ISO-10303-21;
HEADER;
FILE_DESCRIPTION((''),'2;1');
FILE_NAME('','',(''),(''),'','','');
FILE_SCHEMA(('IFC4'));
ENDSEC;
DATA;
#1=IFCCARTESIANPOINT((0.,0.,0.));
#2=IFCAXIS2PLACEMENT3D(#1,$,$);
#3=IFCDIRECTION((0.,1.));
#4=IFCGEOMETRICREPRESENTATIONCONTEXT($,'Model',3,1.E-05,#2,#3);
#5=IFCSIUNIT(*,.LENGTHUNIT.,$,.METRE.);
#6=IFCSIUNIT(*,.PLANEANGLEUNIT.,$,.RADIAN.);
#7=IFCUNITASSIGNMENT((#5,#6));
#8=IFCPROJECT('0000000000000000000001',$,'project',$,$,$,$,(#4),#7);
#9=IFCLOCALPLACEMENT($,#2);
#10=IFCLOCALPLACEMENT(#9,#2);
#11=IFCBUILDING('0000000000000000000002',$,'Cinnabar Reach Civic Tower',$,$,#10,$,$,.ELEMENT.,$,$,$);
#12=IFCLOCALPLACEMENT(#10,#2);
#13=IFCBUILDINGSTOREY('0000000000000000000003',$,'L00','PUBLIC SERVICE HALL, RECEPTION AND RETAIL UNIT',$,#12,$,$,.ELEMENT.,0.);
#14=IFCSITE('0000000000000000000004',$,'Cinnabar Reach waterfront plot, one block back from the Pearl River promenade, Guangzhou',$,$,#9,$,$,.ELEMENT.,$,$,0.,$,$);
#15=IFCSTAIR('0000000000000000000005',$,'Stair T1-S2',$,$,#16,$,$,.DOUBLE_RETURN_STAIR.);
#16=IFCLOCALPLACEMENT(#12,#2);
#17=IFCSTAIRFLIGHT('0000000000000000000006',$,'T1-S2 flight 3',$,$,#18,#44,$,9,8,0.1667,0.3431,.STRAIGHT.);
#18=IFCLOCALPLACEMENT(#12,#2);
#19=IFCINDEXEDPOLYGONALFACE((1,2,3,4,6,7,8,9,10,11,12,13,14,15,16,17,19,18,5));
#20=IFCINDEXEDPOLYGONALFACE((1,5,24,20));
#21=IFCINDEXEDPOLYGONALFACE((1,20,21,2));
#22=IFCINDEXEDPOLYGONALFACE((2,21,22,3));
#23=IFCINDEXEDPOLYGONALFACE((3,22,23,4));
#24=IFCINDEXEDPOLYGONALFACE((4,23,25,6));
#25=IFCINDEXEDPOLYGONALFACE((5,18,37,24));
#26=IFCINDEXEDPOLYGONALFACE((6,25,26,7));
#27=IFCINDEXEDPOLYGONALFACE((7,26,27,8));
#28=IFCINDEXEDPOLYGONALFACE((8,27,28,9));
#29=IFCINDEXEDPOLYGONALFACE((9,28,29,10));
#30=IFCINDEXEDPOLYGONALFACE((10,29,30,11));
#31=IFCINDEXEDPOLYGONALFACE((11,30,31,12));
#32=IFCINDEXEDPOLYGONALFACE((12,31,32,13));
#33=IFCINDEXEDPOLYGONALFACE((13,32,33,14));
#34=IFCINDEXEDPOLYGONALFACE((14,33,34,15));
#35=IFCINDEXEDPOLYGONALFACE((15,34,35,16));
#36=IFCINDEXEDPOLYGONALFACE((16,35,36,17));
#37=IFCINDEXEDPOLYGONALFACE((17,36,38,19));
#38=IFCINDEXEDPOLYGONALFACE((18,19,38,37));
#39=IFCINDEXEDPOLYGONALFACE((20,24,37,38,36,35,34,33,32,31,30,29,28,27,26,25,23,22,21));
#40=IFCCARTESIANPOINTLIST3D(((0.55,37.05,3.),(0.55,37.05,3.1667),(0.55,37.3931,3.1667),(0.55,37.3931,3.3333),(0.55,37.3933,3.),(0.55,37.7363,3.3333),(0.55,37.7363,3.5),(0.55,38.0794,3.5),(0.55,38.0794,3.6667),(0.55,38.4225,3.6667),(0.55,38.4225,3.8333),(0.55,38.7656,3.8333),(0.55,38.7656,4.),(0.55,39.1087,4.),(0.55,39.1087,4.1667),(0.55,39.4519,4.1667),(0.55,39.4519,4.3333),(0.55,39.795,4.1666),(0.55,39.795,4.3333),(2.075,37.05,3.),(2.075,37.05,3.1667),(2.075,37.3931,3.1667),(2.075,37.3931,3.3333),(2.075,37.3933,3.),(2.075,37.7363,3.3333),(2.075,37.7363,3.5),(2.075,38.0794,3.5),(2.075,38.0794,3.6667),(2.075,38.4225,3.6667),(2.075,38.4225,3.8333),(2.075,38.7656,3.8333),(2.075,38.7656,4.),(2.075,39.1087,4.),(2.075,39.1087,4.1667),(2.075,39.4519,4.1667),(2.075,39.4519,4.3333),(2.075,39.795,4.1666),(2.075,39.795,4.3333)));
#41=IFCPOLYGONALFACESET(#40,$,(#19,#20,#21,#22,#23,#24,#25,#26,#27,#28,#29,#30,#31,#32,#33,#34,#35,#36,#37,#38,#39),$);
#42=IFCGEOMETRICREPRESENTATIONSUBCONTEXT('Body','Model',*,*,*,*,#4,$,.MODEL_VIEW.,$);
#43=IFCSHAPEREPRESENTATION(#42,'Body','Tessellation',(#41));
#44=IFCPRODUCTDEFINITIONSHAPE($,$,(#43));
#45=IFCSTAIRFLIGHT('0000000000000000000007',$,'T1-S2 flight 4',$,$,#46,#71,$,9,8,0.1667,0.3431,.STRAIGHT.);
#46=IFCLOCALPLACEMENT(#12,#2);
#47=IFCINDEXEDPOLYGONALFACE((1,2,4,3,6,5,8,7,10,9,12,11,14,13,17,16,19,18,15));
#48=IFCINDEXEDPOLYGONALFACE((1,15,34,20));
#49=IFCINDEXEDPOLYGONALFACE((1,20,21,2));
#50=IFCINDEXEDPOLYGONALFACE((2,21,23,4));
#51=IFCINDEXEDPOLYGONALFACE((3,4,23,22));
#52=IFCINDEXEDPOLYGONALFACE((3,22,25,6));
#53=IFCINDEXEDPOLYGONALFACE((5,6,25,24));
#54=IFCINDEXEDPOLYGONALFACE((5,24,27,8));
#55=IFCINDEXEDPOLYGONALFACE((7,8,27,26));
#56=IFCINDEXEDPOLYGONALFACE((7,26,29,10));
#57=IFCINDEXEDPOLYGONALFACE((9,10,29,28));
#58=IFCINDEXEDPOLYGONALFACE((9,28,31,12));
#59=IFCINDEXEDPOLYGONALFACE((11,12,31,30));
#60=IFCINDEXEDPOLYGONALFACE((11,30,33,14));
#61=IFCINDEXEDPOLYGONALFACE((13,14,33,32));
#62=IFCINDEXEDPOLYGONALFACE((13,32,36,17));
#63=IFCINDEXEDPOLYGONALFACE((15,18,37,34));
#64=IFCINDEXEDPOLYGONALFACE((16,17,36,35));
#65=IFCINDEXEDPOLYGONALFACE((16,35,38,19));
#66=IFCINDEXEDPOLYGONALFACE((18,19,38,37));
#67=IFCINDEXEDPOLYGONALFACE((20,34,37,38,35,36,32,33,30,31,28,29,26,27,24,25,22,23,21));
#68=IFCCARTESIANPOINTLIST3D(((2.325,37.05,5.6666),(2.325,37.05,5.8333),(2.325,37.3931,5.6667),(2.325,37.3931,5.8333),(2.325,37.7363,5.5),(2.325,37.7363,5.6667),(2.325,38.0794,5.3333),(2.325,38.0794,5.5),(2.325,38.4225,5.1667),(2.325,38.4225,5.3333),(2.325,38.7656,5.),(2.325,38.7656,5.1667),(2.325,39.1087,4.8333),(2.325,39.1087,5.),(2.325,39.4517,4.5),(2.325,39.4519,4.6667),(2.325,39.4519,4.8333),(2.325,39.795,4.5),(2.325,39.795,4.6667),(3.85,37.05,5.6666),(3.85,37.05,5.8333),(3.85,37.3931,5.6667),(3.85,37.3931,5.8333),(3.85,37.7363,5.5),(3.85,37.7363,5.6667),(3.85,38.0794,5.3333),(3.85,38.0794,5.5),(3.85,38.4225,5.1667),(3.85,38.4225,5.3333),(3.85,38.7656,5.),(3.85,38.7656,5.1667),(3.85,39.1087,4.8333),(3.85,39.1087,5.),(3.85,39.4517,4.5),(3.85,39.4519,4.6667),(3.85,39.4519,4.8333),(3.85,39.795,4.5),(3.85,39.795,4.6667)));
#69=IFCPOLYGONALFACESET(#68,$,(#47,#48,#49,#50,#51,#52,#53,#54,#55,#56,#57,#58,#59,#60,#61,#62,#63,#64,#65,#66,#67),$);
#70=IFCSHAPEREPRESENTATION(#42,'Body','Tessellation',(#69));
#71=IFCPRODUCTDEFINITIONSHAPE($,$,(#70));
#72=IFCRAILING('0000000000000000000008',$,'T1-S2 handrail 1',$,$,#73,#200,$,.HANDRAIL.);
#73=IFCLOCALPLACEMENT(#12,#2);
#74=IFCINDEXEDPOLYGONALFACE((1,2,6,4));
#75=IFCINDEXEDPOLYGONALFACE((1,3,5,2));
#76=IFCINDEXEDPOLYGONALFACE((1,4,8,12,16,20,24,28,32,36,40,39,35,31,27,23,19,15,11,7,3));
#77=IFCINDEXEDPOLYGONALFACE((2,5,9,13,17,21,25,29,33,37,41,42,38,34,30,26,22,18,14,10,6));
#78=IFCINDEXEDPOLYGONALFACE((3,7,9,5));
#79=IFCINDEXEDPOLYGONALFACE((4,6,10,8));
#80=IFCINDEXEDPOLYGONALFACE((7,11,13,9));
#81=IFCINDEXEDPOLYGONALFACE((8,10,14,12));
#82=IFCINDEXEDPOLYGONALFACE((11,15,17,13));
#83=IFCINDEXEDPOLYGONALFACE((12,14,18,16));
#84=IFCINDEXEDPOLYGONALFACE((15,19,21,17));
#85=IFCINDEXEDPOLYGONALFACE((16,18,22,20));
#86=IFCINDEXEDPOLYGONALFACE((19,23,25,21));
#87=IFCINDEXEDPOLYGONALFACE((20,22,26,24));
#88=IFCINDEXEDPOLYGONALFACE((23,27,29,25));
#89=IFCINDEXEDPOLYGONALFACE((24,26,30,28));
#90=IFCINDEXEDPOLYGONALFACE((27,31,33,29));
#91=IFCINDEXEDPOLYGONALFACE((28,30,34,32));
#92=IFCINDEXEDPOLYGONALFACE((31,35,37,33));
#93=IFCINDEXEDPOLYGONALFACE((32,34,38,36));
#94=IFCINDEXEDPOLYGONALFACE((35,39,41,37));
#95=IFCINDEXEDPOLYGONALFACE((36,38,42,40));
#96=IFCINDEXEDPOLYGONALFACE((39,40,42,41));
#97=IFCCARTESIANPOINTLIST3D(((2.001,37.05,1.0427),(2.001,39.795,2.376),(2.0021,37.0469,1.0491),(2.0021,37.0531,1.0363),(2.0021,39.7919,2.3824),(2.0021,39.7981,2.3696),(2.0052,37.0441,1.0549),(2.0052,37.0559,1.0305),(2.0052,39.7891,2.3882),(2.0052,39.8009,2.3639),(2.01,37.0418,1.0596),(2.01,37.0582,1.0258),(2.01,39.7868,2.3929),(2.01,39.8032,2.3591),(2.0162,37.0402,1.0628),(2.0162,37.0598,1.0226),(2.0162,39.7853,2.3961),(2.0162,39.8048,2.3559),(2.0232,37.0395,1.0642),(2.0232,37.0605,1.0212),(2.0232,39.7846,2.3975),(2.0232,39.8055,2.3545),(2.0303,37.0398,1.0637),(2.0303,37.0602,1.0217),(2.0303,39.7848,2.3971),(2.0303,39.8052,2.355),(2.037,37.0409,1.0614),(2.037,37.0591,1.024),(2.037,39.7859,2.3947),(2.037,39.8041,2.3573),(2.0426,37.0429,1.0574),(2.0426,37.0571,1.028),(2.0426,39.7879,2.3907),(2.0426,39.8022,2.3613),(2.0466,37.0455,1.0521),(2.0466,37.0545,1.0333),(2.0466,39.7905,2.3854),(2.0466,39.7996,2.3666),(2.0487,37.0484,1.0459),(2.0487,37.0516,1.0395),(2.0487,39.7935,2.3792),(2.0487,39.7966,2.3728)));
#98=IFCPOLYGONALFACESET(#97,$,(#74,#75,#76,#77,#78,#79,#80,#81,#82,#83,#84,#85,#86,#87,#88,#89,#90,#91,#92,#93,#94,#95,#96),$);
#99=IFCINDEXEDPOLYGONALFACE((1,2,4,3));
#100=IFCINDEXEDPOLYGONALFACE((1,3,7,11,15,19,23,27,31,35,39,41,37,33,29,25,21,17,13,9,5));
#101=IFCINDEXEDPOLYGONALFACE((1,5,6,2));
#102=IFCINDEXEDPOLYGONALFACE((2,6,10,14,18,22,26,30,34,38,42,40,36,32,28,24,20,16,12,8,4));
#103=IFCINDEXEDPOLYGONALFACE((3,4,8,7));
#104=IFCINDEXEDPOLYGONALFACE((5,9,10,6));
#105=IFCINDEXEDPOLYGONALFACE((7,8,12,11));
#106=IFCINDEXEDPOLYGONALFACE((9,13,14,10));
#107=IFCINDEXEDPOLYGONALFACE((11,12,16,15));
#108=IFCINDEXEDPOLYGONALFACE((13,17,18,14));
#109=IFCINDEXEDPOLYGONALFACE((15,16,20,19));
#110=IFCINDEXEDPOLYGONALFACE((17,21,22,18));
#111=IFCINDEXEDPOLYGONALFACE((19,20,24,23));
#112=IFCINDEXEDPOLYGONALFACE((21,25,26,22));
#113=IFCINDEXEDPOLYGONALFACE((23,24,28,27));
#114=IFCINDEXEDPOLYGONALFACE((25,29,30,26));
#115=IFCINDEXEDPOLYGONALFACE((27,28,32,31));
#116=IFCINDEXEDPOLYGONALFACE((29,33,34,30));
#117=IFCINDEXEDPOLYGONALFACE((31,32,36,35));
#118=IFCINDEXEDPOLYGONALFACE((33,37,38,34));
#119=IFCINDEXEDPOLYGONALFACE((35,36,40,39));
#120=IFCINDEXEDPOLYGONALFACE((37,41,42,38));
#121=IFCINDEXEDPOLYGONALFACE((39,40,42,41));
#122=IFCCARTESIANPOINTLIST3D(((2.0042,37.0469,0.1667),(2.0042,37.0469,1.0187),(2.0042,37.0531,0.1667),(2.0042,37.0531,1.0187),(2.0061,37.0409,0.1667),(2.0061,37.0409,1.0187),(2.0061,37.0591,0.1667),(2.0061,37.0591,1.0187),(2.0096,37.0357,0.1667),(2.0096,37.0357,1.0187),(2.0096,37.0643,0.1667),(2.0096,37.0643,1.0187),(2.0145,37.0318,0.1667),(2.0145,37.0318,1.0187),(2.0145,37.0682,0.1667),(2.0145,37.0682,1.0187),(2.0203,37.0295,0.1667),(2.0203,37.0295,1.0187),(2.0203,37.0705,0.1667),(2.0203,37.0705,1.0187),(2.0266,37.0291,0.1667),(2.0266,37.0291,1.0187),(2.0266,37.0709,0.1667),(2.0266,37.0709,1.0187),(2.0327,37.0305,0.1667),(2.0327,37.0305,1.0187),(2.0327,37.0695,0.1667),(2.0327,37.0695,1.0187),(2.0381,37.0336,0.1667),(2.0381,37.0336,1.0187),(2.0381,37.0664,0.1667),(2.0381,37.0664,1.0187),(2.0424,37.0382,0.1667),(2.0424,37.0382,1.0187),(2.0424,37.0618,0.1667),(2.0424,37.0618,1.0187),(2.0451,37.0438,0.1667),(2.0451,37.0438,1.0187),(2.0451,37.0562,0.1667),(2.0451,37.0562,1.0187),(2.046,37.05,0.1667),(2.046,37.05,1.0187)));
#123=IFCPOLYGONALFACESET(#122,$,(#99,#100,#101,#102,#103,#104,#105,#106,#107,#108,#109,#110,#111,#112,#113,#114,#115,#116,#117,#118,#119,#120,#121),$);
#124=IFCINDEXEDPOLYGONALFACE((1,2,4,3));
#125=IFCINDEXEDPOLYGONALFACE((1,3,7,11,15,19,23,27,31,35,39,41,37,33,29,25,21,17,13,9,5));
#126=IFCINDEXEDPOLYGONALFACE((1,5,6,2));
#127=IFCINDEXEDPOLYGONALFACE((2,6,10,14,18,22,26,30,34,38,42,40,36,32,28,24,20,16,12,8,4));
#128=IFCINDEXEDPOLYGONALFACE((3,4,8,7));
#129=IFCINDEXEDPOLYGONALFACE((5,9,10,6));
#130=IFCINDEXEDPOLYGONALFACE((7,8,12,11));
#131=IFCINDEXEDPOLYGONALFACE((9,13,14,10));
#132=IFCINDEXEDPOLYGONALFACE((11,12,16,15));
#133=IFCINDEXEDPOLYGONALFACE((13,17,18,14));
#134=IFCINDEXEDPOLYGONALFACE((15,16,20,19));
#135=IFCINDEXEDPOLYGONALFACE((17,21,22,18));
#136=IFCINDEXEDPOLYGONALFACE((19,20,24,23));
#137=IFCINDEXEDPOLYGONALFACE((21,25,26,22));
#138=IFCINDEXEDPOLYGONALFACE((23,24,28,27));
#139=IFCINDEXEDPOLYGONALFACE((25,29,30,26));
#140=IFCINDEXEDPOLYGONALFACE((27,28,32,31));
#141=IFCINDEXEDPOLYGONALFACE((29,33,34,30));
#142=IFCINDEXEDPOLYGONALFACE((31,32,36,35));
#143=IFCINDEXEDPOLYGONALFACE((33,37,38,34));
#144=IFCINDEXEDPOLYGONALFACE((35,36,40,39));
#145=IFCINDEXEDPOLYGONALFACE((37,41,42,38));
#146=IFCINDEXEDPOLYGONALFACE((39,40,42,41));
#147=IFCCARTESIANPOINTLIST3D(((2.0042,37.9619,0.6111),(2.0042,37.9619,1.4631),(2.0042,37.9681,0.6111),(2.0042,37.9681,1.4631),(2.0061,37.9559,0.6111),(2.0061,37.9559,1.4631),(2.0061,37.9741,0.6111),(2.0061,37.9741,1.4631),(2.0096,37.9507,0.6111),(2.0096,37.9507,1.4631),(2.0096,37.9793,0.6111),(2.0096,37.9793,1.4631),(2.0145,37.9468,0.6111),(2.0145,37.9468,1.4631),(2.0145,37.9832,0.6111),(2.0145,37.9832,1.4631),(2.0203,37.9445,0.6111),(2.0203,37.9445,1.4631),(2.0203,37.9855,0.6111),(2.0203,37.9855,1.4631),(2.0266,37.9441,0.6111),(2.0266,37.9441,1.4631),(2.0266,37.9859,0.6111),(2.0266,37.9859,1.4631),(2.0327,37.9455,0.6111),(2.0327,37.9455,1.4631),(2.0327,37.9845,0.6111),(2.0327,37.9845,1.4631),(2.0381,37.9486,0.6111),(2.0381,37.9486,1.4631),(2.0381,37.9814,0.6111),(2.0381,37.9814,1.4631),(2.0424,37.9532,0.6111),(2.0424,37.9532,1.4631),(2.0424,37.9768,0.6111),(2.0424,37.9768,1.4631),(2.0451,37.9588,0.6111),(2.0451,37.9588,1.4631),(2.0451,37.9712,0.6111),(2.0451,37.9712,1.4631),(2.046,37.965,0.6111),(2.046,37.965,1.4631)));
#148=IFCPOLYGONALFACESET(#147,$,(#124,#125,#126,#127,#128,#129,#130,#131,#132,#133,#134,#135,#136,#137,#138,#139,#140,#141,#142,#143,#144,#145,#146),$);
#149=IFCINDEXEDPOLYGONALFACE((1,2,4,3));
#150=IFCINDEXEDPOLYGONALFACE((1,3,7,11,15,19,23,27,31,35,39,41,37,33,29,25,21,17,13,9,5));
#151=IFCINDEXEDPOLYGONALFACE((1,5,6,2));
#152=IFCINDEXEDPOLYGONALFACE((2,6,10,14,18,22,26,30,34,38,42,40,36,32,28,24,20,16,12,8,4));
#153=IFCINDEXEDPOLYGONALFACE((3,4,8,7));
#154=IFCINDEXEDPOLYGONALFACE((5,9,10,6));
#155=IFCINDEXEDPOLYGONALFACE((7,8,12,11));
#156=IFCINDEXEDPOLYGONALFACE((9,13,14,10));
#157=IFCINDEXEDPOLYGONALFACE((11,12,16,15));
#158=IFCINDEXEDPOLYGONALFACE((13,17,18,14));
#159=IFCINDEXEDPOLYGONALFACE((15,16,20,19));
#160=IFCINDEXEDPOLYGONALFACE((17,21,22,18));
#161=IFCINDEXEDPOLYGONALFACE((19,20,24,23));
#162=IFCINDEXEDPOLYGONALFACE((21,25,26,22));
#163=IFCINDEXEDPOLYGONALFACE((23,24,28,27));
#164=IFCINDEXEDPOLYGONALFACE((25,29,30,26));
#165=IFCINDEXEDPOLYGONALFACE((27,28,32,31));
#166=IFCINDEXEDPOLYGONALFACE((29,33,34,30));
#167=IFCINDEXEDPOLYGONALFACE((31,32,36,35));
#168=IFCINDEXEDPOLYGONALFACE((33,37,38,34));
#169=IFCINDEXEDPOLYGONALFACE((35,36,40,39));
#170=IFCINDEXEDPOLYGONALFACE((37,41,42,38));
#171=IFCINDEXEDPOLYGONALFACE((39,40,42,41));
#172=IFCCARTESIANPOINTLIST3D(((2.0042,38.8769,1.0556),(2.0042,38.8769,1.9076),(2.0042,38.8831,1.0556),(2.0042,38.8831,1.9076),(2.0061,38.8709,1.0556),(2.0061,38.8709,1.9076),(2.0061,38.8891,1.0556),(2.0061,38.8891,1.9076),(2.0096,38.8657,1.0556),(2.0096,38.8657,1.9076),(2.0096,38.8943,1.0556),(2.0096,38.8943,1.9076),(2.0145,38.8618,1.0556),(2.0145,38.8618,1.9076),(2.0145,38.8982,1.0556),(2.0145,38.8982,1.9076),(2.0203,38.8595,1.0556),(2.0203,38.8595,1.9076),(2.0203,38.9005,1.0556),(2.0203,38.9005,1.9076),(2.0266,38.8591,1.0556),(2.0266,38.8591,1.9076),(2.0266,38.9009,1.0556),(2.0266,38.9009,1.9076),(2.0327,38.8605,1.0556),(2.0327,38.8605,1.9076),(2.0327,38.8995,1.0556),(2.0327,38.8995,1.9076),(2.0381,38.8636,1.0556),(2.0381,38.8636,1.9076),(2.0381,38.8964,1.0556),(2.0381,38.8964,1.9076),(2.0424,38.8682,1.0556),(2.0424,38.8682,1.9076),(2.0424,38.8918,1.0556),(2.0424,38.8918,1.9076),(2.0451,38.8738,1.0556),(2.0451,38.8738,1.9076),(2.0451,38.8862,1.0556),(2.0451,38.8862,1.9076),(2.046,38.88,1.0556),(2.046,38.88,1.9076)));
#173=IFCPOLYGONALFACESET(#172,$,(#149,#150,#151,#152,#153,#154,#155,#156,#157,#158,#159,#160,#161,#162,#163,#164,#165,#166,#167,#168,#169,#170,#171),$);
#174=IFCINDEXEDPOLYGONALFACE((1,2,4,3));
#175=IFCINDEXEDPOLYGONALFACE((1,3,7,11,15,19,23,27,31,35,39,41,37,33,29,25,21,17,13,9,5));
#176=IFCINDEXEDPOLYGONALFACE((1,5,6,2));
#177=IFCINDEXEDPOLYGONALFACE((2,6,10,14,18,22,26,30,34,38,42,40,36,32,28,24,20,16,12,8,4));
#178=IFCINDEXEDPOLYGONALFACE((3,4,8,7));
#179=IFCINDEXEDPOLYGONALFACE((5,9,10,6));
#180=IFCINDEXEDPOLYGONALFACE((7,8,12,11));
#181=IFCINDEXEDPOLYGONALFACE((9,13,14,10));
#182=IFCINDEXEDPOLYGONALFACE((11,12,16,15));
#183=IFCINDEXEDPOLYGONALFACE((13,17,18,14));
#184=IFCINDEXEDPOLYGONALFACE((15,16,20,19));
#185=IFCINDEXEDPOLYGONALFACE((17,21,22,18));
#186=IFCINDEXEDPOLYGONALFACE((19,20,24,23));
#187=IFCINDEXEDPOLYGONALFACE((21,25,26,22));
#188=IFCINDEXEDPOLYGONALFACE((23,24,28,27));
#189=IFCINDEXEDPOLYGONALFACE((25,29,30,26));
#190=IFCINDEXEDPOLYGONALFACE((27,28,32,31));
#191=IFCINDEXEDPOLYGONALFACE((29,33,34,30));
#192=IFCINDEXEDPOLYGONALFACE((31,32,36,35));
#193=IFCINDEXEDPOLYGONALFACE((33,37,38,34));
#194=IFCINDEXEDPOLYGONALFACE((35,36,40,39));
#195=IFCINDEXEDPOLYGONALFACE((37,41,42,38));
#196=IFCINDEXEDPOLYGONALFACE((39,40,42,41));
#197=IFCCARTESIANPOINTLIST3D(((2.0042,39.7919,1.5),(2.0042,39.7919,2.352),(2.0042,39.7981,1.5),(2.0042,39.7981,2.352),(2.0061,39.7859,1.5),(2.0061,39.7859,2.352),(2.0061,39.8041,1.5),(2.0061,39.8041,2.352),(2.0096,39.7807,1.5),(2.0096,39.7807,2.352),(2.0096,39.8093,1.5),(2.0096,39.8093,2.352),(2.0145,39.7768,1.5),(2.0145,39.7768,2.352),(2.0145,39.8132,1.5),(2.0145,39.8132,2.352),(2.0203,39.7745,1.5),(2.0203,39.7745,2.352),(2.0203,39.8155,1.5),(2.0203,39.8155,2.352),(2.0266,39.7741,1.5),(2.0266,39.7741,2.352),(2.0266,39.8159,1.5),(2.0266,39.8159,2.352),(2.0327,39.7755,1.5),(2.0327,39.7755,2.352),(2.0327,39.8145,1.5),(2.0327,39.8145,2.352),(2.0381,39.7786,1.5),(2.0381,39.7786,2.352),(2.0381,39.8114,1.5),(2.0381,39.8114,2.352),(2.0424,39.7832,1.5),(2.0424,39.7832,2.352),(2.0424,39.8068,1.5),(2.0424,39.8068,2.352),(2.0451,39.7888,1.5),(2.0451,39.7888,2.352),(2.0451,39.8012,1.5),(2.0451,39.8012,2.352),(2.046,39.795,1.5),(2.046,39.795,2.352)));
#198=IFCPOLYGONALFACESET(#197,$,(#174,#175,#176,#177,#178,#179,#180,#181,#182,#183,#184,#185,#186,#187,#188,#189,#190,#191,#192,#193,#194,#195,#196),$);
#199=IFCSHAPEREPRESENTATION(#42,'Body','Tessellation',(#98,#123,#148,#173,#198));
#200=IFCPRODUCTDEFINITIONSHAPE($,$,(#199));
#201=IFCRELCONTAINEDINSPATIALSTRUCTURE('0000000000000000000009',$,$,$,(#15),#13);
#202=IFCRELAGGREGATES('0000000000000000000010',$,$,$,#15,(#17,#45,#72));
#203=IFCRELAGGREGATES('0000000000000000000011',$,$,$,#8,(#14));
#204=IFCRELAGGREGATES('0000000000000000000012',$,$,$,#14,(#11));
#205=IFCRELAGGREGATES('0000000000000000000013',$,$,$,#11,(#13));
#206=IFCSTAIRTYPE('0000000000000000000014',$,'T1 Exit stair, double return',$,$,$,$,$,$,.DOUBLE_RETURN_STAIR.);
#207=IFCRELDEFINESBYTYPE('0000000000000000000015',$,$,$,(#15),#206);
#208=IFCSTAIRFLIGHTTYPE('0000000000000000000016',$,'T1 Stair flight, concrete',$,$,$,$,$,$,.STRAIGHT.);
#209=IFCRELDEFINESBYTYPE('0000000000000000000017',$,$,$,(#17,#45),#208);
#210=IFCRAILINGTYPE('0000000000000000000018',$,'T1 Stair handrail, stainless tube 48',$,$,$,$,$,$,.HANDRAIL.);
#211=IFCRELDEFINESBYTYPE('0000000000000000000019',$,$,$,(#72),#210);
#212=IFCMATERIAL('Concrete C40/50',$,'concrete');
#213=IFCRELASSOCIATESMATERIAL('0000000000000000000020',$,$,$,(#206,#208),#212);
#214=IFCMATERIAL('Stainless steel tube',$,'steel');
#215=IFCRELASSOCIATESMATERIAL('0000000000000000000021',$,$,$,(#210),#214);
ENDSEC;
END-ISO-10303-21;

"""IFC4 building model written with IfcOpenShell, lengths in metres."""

from ifc_helpers import new_model, si_unit, direction, frame, origin, origin_2d, place, context, subcontext, project, spatial, polyline, circle, outline, extrude, material, type_object, element, aggregate, save


model = new_model("IFC4")

# Units and contexts
model_context = context("Model", 3, precision=1e-05, world=origin(), true_north=direction((0.0, 1.0)))
body_context = subcontext(model_context, "Body", "Model", "MODEL_VIEW")
ifc_project = project(units=[si_unit("LENGTHUNIT", "METRE"), si_unit("PLANEANGLEUNIT", "RADIAN")], contexts=[model_context])

# Site, building, storey
site_placement = place(None, origin())
site = spatial("IfcSite", under=ifc_project, at=site_placement, Name="Cinnabar Reach waterfront plot, one block back from the Pearl River promenade, Guangzhou", CompositionType="ELEMENT", RefElevation=0.0)
building_placement = place(site_placement, origin())
building = spatial("IfcBuilding", under=site, at=building_placement, Name="Cinnabar Reach Civic Tower", CompositionType="ELEMENT")
storey_placement = place(building_placement, origin())
storey = spatial("IfcBuildingStorey", under=building, at=storey_placement, Name="L00", Description="PUBLIC SERVICE HALL, RECEPTION AND RETAIL UNIT", CompositionType="ELEMENT", Elevation=0.0)

# Shared definitions
ifc_material_1 = material(Name="Concrete C40/50", Category="concrete")

# Stair, stair flights, railing
stair_type = type_object("IfcStairType", Name="T1 Exit stair, double return", PredefinedType="DOUBLE_RETURN_STAIR", material=ifc_material_1)
stair_placement = place(storey_placement, origin())
stair = element("IfcStair", 1, at=stair_placement, inside=storey, type_object=stair_type, Name="Stair T1-S2", PredefinedType="DOUBLE_RETURN_STAIR")
stair_flight_type = type_object("IfcStairFlightType", Name="T1 Stair flight, concrete", PredefinedType="STRAIGHT", material=ifc_material_1)
stair_flight_1_placement = place(storey_placement, frame((1.3125, 37.05, 3.0), z_axis=(0.0, 0.0, 1.0), x_axis=(0.0, 1.0, 0.0)))
stair_flight_1 = element("IfcStairFlight", 2, at=stair_flight_1_placement, type_object=stair_flight_type, Name="T1-S2 flight 3", NumberOfRisers=9, NumberOfTreads=8, PredefinedType="STRAIGHT", RiserHeight=0.1667, TreadLength=0.3431, context=body_context, shape_type="SweptSolid", body=[
    extrude(outline(polyline([(0.0, 0.0), (0.0, 0.1667), (0.3431, 0.1667), (0.3431, 0.3333), (0.6863, 0.3333), (0.6863, 0.5), (1.0294, 0.5), (1.0294, 0.6667), (1.3725, 0.6667), (1.3725, 0.8333), (1.7156, 0.8333), (1.7156, 1.0), (2.0587, 1.0), (2.0587, 1.1667), (2.4019, 1.1667), (2.4019, 1.3333), (2.745, 1.3333), (2.745, 1.5), (2.745, 1.1666), (0.3433, 0.0), (0.0, 0.0)])), frame((0.0, 0.7625, 0.0), z_axis=(0.0, -1.0, 0.0), x_axis=(1.0, 0.0, 0.0)), (0.0, 0.0, 1.0), 1.525),
])
stair_flight_2_placement = place(storey_placement, frame((3.0875, 39.795, 4.5), z_axis=(0.0, 0.0, 1.0), x_axis=(0.0, -1.0, 0.0)))
stair_flight_2 = element("IfcStairFlight", 3, at=stair_flight_2_placement, type_object=stair_flight_type, Name="T1-S2 flight 4", NumberOfRisers=9, NumberOfTreads=8, PredefinedType="STRAIGHT", RiserHeight=0.1667, TreadLength=0.3431, context=body_context, shape_type="SweptSolid", body=[
    extrude(outline(polyline([(0.0, 0.0), (0.0, 0.1667), (0.3431, 0.1667), (0.3431, 0.3333), (0.6863, 0.3333), (0.6863, 0.5), (1.0294, 0.5), (1.0294, 0.6667), (1.3725, 0.6667), (1.3725, 0.8333), (1.7156, 0.8333), (1.7156, 1.0), (2.0587, 1.0), (2.0587, 1.1667), (2.4019, 1.1667), (2.4019, 1.3333), (2.745, 1.3333), (2.745, 1.5), (2.745, 1.1666), (0.3433, 0.0), (0.0, 0.0)])), frame((0.0, 0.7625, 0.0), z_axis=(0.0, -1.0, 0.0), x_axis=(1.0, 0.0, 0.0)), (0.0, 0.0, 1.0), 1.525),
])
ifc_material_2 = material(Name="Stainless steel tube", Category="steel")
railing_type = type_object("IfcRailingType", Name="T1 Stair handrail, stainless tube 48", PredefinedType="HANDRAIL", material=ifc_material_2)
railing_1_placement = place(storey_placement, frame((2.025, 37.05, 0.1667)))
railing_1 = element("IfcRailing", 4, at=railing_1_placement, type_object=railing_type, Name="T1-S2 handrail 1", PredefinedType="HANDRAIL", context=body_context, shape_type="SweptSolid", body=[
    extrude(circle(Radius=0.024, at=origin_2d()), frame((0.0, 0.0, 0.876), z_axis=(0.0, 0.899506, 0.436908), x_axis=(-1.0, 0.0, 0.0)), (0.0, 0.0, 1.0), 3.0517),
    extrude(circle(Radius=0.021, at=origin_2d()), origin(), (0.0, 0.0, 1.0), 0.852),
    extrude(circle(Radius=0.021, at=origin_2d()), frame((0.0, 0.915, 0.4444)), (0.0, 0.0, 1.0), 0.852),
    extrude(circle(Radius=0.021, at=origin_2d()), frame((0.0, 1.83, 0.8889)), (0.0, 0.0, 1.0), 0.852),
    extrude(circle(Radius=0.021, at=origin_2d()), frame((0.0, 2.745, 1.3333)), (0.0, 0.0, 1.0), 0.852),
])
aggregate(stair, [stair_flight_1, stair_flight_2, railing_1])

save(model, "model.ifc")
